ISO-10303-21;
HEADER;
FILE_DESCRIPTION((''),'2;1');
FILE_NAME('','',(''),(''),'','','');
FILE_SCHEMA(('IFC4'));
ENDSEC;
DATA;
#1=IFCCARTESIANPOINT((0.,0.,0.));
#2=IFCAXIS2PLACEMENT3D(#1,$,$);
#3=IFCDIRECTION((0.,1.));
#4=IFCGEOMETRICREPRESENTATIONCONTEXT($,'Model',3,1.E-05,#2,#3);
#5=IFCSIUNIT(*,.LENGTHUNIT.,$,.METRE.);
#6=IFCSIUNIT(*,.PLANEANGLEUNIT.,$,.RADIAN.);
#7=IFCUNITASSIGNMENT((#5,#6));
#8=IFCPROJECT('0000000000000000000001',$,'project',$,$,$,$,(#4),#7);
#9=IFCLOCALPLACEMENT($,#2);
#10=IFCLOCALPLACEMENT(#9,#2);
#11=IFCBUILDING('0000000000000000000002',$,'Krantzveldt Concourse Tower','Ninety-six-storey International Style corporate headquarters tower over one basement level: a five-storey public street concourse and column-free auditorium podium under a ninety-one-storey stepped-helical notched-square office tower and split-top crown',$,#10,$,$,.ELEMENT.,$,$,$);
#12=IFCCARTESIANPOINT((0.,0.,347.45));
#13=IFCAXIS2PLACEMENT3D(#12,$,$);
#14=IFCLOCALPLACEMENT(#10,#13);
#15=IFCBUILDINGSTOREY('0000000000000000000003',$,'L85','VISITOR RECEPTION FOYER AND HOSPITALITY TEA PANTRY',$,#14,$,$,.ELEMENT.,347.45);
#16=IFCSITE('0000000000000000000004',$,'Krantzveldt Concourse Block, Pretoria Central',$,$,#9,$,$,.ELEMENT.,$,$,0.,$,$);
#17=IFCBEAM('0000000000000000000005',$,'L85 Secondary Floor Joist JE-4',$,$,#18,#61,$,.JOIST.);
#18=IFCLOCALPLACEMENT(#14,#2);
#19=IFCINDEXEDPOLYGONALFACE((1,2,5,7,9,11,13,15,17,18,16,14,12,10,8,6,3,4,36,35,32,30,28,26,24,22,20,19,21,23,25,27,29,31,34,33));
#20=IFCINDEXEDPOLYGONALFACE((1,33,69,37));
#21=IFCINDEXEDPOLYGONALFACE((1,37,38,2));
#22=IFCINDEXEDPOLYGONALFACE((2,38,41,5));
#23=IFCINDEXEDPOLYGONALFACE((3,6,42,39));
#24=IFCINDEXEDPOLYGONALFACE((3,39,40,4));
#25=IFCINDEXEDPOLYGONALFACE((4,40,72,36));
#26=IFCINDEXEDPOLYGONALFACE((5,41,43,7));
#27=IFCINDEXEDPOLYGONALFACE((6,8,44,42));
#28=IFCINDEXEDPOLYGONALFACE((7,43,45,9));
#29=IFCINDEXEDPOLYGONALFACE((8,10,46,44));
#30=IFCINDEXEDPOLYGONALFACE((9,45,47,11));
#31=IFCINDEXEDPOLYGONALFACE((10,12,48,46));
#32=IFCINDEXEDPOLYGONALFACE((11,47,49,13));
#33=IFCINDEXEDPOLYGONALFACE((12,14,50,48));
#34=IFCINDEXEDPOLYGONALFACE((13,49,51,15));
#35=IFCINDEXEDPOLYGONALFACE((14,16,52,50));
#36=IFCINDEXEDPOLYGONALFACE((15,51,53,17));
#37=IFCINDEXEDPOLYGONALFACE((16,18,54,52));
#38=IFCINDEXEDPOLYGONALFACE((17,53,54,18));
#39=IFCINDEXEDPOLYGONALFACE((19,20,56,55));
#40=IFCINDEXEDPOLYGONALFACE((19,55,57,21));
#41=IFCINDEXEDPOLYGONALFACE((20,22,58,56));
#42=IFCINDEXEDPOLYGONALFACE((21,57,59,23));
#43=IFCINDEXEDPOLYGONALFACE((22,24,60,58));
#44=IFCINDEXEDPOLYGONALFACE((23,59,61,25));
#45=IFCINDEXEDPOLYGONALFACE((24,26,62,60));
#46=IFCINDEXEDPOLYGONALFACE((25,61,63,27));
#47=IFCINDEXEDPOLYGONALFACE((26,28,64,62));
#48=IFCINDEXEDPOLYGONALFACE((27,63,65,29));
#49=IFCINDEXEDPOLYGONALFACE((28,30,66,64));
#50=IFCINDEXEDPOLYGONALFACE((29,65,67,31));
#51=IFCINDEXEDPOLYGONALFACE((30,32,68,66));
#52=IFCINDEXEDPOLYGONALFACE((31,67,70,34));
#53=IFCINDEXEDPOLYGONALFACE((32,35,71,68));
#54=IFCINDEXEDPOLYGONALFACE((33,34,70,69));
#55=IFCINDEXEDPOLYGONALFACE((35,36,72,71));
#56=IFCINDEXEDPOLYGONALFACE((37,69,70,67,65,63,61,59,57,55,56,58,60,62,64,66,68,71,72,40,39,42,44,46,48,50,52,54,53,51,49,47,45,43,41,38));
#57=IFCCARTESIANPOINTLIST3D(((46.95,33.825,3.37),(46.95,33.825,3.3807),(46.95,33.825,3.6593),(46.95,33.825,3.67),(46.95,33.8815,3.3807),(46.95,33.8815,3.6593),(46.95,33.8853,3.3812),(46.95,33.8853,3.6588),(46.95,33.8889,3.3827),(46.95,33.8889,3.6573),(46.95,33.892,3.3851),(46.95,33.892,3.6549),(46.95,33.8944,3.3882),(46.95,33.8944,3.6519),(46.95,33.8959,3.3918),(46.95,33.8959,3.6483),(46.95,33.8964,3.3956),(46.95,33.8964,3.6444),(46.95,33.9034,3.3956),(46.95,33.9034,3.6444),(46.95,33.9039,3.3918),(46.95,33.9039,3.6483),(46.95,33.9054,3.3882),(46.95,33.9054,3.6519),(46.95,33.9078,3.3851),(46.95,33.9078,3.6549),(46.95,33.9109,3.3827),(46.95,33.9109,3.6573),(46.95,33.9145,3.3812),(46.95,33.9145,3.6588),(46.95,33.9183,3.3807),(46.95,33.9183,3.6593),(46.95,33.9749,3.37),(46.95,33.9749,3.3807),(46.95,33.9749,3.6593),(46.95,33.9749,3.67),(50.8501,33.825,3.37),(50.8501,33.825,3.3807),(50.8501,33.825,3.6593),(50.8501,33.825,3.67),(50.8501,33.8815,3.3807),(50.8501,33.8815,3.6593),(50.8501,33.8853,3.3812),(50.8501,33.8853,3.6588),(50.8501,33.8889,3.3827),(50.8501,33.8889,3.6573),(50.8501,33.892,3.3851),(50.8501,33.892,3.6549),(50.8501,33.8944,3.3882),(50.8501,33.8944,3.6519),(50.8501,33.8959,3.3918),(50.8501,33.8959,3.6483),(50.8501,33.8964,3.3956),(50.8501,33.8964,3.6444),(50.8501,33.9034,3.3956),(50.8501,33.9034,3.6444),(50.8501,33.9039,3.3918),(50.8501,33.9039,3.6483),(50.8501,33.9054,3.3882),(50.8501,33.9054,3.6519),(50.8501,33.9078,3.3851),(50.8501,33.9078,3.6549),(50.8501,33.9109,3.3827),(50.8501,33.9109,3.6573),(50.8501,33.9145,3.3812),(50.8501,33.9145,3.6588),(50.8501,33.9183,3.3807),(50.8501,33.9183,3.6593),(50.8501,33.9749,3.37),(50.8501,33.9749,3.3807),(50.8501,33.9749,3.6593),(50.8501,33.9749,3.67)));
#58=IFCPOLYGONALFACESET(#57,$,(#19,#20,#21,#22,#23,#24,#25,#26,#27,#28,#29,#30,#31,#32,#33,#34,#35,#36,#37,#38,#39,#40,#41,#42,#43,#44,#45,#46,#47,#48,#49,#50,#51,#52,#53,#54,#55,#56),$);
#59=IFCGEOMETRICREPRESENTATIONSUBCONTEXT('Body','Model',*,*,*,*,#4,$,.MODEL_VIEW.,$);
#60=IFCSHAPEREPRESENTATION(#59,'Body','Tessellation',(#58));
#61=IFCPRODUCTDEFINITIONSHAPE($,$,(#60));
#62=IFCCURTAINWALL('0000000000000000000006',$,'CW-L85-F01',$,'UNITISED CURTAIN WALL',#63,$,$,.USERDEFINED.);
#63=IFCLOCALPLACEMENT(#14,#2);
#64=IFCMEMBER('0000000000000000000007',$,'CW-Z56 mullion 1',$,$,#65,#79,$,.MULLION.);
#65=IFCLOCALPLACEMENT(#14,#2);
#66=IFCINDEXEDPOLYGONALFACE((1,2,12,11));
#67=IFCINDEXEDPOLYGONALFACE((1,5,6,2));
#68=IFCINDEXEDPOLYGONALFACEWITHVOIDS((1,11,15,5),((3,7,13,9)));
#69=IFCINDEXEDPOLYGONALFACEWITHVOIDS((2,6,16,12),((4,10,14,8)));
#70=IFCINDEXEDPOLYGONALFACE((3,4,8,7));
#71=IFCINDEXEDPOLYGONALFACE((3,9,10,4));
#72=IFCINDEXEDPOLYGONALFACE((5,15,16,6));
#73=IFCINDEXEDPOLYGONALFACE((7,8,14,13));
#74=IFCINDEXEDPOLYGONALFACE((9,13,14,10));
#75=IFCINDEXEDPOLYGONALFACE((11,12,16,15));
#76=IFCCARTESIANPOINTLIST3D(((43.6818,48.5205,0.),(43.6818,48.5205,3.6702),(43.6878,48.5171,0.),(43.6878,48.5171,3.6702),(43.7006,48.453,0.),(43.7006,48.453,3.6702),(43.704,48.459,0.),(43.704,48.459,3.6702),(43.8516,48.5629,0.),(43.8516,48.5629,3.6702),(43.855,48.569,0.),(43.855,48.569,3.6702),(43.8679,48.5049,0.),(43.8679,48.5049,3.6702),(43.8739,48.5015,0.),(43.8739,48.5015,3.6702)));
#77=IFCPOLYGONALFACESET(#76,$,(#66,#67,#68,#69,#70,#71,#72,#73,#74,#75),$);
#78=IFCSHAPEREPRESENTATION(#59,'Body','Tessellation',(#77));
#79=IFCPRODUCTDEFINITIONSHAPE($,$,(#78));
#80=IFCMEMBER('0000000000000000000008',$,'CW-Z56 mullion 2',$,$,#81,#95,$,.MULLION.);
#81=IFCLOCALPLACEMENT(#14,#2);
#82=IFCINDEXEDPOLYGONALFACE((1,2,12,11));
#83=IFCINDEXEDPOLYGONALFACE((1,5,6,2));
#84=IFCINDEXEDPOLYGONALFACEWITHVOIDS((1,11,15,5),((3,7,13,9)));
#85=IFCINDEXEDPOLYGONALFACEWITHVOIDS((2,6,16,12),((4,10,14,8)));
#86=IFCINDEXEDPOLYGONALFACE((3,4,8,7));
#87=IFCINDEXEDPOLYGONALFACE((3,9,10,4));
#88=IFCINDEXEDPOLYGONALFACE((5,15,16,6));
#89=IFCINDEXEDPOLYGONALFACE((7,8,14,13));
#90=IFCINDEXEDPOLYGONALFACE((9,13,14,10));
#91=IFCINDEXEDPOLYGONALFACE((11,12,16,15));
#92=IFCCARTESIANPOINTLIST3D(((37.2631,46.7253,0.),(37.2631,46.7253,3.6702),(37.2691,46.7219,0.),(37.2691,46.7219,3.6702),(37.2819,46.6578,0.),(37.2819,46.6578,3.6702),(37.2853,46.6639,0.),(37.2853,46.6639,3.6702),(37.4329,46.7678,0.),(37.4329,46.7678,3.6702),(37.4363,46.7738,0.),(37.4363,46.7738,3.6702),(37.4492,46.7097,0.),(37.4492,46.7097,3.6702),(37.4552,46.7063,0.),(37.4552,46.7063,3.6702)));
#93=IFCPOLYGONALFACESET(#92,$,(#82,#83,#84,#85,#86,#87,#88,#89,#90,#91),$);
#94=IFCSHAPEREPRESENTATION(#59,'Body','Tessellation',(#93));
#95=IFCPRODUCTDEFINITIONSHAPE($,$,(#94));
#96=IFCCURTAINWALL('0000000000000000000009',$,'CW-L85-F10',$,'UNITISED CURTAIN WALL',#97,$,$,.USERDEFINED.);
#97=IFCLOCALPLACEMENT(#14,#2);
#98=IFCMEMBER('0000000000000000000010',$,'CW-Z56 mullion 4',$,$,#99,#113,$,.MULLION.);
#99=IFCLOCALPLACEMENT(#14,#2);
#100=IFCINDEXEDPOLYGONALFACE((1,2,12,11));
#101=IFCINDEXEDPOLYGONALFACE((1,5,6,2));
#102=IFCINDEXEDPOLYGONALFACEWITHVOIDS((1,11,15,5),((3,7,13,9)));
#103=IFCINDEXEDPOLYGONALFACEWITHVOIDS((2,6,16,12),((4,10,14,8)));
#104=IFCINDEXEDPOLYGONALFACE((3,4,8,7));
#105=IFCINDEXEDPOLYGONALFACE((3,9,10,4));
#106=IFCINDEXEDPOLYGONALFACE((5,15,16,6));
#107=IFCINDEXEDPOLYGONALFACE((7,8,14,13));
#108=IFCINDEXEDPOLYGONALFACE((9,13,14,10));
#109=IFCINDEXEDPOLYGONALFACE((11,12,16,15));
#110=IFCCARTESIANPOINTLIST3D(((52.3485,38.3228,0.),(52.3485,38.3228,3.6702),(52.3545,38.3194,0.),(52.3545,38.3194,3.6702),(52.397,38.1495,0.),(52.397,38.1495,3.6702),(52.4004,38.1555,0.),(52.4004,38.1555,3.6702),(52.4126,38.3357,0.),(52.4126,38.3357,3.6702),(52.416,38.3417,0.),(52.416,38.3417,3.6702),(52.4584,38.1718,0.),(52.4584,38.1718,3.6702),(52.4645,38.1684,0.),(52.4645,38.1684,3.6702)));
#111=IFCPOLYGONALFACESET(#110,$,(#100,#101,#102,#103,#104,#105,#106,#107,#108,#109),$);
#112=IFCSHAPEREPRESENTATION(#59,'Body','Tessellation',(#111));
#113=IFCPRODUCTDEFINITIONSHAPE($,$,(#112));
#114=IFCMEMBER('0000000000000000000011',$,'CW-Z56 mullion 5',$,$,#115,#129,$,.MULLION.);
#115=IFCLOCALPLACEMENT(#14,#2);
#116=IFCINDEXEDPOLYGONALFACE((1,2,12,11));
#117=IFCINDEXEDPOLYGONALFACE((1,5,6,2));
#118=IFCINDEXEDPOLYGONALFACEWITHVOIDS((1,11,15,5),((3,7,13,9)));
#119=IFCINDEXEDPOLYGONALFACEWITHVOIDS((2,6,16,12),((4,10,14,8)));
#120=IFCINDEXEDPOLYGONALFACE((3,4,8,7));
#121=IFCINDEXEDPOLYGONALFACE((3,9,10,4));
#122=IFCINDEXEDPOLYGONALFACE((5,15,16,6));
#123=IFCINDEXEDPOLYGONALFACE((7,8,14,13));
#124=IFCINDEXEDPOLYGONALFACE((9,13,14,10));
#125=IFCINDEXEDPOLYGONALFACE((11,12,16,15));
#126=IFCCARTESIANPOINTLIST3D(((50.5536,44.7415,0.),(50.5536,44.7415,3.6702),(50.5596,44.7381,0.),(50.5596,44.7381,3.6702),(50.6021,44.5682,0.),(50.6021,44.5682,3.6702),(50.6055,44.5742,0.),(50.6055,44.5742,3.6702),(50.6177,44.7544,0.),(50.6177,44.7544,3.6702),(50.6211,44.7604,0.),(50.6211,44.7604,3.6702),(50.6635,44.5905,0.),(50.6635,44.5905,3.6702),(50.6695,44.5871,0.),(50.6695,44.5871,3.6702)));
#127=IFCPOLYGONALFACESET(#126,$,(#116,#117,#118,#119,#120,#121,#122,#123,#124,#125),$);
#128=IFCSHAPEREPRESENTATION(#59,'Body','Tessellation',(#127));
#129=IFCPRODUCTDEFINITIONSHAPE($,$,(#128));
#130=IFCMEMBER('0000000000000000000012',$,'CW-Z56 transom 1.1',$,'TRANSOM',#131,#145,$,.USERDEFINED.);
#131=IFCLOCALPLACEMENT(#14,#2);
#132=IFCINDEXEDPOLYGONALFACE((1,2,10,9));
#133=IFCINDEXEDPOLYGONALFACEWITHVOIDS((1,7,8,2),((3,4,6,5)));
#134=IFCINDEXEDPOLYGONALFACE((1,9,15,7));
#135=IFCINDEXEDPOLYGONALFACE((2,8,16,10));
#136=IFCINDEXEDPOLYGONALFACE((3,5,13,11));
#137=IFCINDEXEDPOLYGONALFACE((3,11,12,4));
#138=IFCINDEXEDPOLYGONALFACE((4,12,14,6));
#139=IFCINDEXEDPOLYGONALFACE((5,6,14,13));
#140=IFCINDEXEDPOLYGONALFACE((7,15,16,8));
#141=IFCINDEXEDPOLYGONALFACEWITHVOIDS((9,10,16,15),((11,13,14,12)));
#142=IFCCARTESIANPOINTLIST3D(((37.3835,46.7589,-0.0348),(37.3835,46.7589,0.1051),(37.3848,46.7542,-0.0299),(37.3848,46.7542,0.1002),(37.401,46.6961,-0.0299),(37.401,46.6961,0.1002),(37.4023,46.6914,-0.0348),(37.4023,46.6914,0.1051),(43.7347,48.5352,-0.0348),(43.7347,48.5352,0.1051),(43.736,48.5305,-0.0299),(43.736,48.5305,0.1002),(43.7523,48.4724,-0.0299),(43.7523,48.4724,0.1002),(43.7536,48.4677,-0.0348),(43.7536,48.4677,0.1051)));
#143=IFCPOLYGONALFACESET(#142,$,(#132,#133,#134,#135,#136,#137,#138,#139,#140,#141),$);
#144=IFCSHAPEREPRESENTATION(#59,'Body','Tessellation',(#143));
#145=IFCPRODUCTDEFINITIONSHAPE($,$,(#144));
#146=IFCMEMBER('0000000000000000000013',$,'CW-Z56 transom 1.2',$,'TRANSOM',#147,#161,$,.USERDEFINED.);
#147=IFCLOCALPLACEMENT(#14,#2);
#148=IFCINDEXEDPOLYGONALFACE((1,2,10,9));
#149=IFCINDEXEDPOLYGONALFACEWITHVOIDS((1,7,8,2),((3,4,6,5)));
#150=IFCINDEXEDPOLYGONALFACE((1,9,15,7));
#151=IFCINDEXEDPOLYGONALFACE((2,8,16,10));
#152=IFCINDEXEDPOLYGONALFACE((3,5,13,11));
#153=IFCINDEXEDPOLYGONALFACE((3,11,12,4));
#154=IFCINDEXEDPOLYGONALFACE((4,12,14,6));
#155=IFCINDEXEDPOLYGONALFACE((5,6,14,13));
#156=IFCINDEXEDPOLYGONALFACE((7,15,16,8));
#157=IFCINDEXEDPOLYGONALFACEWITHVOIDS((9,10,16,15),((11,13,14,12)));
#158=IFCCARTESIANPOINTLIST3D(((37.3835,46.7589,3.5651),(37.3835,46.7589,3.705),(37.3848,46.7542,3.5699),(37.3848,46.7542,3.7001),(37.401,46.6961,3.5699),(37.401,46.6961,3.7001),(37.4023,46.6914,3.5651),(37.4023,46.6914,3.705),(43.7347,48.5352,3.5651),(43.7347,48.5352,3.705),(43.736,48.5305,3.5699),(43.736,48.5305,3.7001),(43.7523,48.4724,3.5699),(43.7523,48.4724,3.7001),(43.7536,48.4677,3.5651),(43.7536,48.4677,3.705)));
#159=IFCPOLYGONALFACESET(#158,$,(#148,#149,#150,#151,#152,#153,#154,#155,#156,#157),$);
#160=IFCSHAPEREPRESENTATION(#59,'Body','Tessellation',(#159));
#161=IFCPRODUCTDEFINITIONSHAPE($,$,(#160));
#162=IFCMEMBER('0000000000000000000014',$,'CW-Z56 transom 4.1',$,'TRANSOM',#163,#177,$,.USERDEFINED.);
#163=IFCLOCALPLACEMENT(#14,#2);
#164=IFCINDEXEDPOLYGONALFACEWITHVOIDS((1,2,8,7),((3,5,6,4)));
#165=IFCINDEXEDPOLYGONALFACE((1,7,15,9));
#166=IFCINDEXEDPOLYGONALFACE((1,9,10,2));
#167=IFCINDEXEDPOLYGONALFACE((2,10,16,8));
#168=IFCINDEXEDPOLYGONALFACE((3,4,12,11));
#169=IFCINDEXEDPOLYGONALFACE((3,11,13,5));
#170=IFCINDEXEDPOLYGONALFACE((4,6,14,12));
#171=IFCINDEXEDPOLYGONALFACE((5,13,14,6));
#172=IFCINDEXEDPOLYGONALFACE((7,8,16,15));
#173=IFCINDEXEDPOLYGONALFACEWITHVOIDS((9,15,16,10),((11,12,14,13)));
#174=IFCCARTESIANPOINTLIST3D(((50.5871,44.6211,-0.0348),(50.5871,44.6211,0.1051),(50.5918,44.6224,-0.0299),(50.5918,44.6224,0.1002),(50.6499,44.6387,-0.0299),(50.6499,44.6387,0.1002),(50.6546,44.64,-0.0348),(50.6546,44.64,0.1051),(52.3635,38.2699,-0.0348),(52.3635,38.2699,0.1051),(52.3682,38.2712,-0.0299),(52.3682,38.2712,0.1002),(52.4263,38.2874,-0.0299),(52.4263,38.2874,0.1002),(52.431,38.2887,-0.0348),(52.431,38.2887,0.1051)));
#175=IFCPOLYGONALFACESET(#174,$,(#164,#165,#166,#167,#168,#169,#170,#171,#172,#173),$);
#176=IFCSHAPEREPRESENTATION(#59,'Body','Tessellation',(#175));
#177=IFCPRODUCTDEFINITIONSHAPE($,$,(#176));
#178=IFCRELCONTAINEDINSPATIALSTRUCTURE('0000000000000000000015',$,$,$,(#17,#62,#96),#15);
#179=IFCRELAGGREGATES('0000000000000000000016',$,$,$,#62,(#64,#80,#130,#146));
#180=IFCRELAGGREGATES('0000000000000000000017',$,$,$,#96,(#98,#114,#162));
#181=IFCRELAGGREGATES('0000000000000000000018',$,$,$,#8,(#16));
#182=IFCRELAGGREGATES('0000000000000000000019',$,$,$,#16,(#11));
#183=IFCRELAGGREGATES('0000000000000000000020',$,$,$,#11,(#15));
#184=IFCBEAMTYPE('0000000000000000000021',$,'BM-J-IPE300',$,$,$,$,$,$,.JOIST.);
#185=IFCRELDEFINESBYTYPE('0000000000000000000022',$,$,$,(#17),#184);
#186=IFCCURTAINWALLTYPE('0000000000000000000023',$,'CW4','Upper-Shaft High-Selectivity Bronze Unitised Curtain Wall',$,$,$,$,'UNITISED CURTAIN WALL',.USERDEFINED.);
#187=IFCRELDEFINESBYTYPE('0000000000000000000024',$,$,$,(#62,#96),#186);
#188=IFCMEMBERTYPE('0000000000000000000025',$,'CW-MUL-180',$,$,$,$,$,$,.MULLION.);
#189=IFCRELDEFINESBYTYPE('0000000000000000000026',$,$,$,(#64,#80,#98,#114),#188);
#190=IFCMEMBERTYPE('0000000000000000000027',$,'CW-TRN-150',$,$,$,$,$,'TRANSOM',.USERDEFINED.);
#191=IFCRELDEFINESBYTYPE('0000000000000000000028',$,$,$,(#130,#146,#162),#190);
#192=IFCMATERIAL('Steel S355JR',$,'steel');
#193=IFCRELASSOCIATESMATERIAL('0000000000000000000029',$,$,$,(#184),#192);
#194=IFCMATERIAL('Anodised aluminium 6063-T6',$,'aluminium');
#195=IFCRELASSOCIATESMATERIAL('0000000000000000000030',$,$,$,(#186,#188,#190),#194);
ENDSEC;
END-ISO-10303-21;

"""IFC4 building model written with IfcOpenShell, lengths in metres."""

from ifc_helpers import new_model, si_unit, direction, frame, origin, origin_2d, place, context, subcontext, project, spatial, hollow_rectangle, i_section, extrude, source, transform, mapped, material, material_profile, profile_set, type_object, type_shapes, element, aggregate, save


model = new_model("IFC4")

# Units and contexts
model_context = context("Model", 3, precision=1e-05, world=origin(), true_north=direction((0.0, 1.0)))
body_context = subcontext(model_context, "Body", "Model", "MODEL_VIEW")
ifc_project = project(units=[si_unit("LENGTHUNIT", "METRE"), si_unit("PLANEANGLEUNIT", "RADIAN")], contexts=[model_context])

# Site, building, storey
site_placement = place(None, origin())
site = spatial("IfcSite", under=ifc_project, at=site_placement, Name="Krantzveldt Concourse Block, Pretoria Central", CompositionType="ELEMENT", RefElevation=0.0)
building_placement = place(site_placement, origin())
building = spatial("IfcBuilding", under=site, at=building_placement, Name="Krantzveldt Concourse Tower", Description="Ninety-six-storey International Style corporate headquarters tower over one basement level: a five-storey public street concourse and column-free auditorium podium under a ninety-one-storey stepped-helical notched-square office tower and split-top crown", CompositionType="ELEMENT")
storey_placement = place(building_placement, frame((0.0, 0.0, 347.45)))
storey = spatial("IfcBuildingStorey", under=building, at=storey_placement, Name="L85", Description="VISITOR RECEPTION FOYER AND HOSPITALITY TEA PANTRY", CompositionType="ELEMENT", Elevation=347.45)

# Beam
ifc_material_1 = material(Name="Steel S355JR", Category="steel")
ifc_material_profile_1 = material_profile(ifc_material_1, i_section(OverallWidth=0.1499, OverallDepth=0.3, WebThickness=0.0071, FlangeThickness=0.0107, FilletRadius=0.0149, at=origin_2d()), Name="Steel S355JR", Category="steel")
ifc_profile_set_1 = profile_set([ifc_material_profile_1], Name="Steel S355JR - IPE 300")
beam_type_1 = type_object("IfcBeamType", Name="BM-J-IPE300", PredefinedType="JOIST", material=ifc_profile_set_1)
shared_shape_1 = source(origin(), body_context, "Body", "SweptSolid", [
    extrude(i_section(OverallWidth=0.1499, OverallDepth=0.3, WebThickness=0.0071, FlangeThickness=0.0107, FilletRadius=0.0149, at=origin_2d()), origin(), (0.0, 0.0, 1.0), 3.9001),
])
type_shapes(beam_type_1, [shared_shape_1])
beam_1_placement = place(storey_placement, frame((46.95, 33.8999, 3.52), z_axis=(1.0, 0.0, 0.0), x_axis=(0.0, 1.0, 0.0)))
element("IfcBeam", 1, at=beam_1_placement, inside=storey, type_object=beam_type_1, Name="L85 Secondary Floor Joist JE-4", PredefinedType="JOIST", context=body_context, shape_type="MappedRepresentation", body=[
    mapped(shared_shape_1, transform((0.0, 0.0, 0.0), x_axis=(1.0, 0.0, 0.0), y_axis=(0.0, 1.0, 0.0), z_axis=(0.0, 0.0, 1.0), scale=1.0)),
])

# Curtain walls, members
ifc_material_2 = material(Name="Anodised aluminium 6063-T6", Category="aluminium")
curtain_wall_type = type_object("IfcCurtainWallType", Name="CW4", Description="Upper-Shaft High-Selectivity Bronze Unitised Curtain Wall", ElementType="UNITISED CURTAIN WALL", PredefinedType="USERDEFINED", material=ifc_material_2)
curtain_wall_1_placement = place(storey_placement, origin())
curtain_wall_1 = element("IfcCurtainWall", 2, at=curtain_wall_1_placement, inside=storey, type_object=curtain_wall_type, Name="CW-L85-F01", ObjectType="UNITISED CURTAIN WALL", PredefinedType="USERDEFINED")
ifc_material_profile_2 = material_profile(ifc_material_2, hollow_rectangle(XDim=0.0701, YDim=0.1799, WallThickness=0.0049, at=origin_2d()), Name="Anodised aluminium 6063-T6", Category="aluminium")
ifc_profile_set_2 = profile_set([ifc_material_profile_2], Name="Anodised aluminium 6063-T6 - ALU-MULL 180x70x5")
member_type_1 = type_object("IfcMemberType", Name="CW-MUL-180", PredefinedType="MULLION", material=ifc_profile_set_2)
shared_shape_2 = source(origin(), body_context, "Body", "SweptSolid", [
    extrude(hollow_rectangle(XDim=0.0701, YDim=0.1799, WallThickness=0.0049, at=origin_2d()), origin(), (0.0, 0.0, 1.0), 3.6702),
])
type_shapes(member_type_1, [shared_shape_2])
member_1_placement = place(storey_placement, frame((43.7778, 48.511, 0.0), z_axis=(0.0, 0.0, 1.0), x_axis=(0.26934, -0.963045, 0.0)))
member_1 = element("IfcMember", 3, at=member_1_placement, type_object=member_type_1, Name="CW-Z56 mullion 1", PredefinedType="MULLION", context=body_context, shape_type="MappedRepresentation", body=[
    mapped(shared_shape_2, transform((0.0, 0.0, 0.0), x_axis=(1.0, 0.0, 0.0), y_axis=(0.0, 1.0, 0.0), z_axis=(0.0, 0.0, 1.0), scale=1.0)),
])
member_2_placement = place(storey_placement, frame((37.3591, 46.7158, 0.0), z_axis=(0.0, 0.0, 1.0), x_axis=(0.26934, -0.963045, 0.0)))
member_2 = element("IfcMember", 4, at=member_2_placement, type_object=member_type_1, Name="CW-Z56 mullion 2", PredefinedType="MULLION", context=body_context, shape_type="MappedRepresentation", body=[
    mapped(shared_shape_2, transform((0.0, 0.0, 0.0), x_axis=(1.0, 0.0, 0.0), y_axis=(0.0, 1.0, 0.0), z_axis=(0.0, 0.0, 1.0), scale=1.0)),
])
curtain_wall_2_placement = place(storey_placement, origin())
curtain_wall_2 = element("IfcCurtainWall", 5, at=curtain_wall_2_placement, inside=storey, type_object=curtain_wall_type, Name="CW-L85-F10", ObjectType="UNITISED CURTAIN WALL", PredefinedType="USERDEFINED")
member_3_placement = place(storey_placement, frame((52.4065, 38.2456, 0.0), z_axis=(0.0, 0.0, 1.0), x_axis=(-0.963045, -0.26934, 0.0)))
member_3 = element("IfcMember", 6, at=member_3_placement, type_object=member_type_1, Name="CW-Z56 mullion 4", PredefinedType="MULLION", context=body_context, shape_type="MappedRepresentation", body=[
    mapped(shared_shape_2, transform((0.0, 0.0, 0.0), x_axis=(1.0, 0.0, 0.0), y_axis=(0.0, 1.0, 0.0), z_axis=(0.0, 0.0, 1.0), scale=1.0)),
])
member_4_placement = place(storey_placement, frame((50.6116, 44.6643, 0.0), z_axis=(0.0, 0.0, 1.0), x_axis=(-0.963045, -0.26934, 0.0)))
member_4 = element("IfcMember", 7, at=member_4_placement, type_object=member_type_1, Name="CW-Z56 mullion 5", PredefinedType="MULLION", context=body_context, shape_type="MappedRepresentation", body=[
    mapped(shared_shape_2, transform((0.0, 0.0, 0.0), x_axis=(1.0, 0.0, 0.0), y_axis=(0.0, 1.0, 0.0), z_axis=(0.0, 0.0, 1.0), scale=1.0)),
])

# Members
ifc_material_profile_3 = material_profile(ifc_material_2, hollow_rectangle(XDim=0.0701, YDim=0.1399, WallThickness=0.0049, at=origin_2d()), Name="Anodised aluminium 6063-T6", Category="aluminium")
ifc_profile_set_3 = profile_set([ifc_material_profile_3], Name="Anodised aluminium 6063-T6 - ALU-TRAN 140x70x5")
member_type_2 = type_object("IfcMemberType", Name="CW-TRN-150", ElementType="TRANSOM", PredefinedType="USERDEFINED", material=ifc_profile_set_3)
shared_shape_3 = source(origin(), body_context, "Body", "SweptSolid", [
    extrude(hollow_rectangle(XDim=0.0701, YDim=0.1399, WallThickness=0.0049, at=origin_2d()), origin(), (0.0, 0.0, 1.0), 6.595),
])
member_5_placement = place(storey_placement, frame((43.7441, 48.5015, 0.0352), z_axis=(-0.963043, -0.269348, 0.0), x_axis=(0.269348, -0.963043, 0.0)))
member_5 = element("IfcMember", 8, at=member_5_placement, type_object=member_type_2, Name="CW-Z56 transom 1.1", ObjectType="TRANSOM", PredefinedType="USERDEFINED", context=body_context, shape_type="MappedRepresentation", body=[
    mapped(shared_shape_3, transform((0.0, 0.0, 0.0), x_axis=(1.0, 0.0, 0.0), y_axis=(0.0, 1.0, 0.0), z_axis=(0.0, 0.0, 1.0), scale=1.0)),
])
member_6_placement = place(storey_placement, frame((43.7441, 48.5015, 3.635), z_axis=(-0.963043, -0.269348, 0.0), x_axis=(0.269348, -0.963043, 0.0)))
member_6 = element("IfcMember", 9, at=member_6_placement, type_object=member_type_2, Name="CW-Z56 transom 1.2", ObjectType="TRANSOM", PredefinedType="USERDEFINED", context=body_context, shape_type="MappedRepresentation", body=[
    mapped(shared_shape_3, transform((0.0, 0.0, 0.0), x_axis=(1.0, 0.0, 0.0), y_axis=(0.0, 1.0, 0.0), z_axis=(0.0, 0.0, 1.0), scale=1.0)),
])
member_7_placement = place(storey_placement, frame((52.3972, 38.2793, 0.0352), z_axis=(-0.269348, 0.963043, 0.0), x_axis=(-0.963043, -0.269348, 0.0)))
member_7 = element("IfcMember", 10, at=member_7_placement, type_object=member_type_2, Name="CW-Z56 transom 4.1", ObjectType="TRANSOM", PredefinedType="USERDEFINED", context=body_context, shape_type="MappedRepresentation", body=[
    mapped(shared_shape_3, transform((0.0, 0.0, 0.0), x_axis=(1.0, 0.0, 0.0), y_axis=(0.0, 1.0, 0.0), z_axis=(0.0, 0.0, 1.0), scale=1.0)),
])

aggregate(curtain_wall_1, [member_1, member_2, member_5, member_6])
aggregate(curtain_wall_2, [member_3, member_4, member_7])

save(model, "model.ifc")
